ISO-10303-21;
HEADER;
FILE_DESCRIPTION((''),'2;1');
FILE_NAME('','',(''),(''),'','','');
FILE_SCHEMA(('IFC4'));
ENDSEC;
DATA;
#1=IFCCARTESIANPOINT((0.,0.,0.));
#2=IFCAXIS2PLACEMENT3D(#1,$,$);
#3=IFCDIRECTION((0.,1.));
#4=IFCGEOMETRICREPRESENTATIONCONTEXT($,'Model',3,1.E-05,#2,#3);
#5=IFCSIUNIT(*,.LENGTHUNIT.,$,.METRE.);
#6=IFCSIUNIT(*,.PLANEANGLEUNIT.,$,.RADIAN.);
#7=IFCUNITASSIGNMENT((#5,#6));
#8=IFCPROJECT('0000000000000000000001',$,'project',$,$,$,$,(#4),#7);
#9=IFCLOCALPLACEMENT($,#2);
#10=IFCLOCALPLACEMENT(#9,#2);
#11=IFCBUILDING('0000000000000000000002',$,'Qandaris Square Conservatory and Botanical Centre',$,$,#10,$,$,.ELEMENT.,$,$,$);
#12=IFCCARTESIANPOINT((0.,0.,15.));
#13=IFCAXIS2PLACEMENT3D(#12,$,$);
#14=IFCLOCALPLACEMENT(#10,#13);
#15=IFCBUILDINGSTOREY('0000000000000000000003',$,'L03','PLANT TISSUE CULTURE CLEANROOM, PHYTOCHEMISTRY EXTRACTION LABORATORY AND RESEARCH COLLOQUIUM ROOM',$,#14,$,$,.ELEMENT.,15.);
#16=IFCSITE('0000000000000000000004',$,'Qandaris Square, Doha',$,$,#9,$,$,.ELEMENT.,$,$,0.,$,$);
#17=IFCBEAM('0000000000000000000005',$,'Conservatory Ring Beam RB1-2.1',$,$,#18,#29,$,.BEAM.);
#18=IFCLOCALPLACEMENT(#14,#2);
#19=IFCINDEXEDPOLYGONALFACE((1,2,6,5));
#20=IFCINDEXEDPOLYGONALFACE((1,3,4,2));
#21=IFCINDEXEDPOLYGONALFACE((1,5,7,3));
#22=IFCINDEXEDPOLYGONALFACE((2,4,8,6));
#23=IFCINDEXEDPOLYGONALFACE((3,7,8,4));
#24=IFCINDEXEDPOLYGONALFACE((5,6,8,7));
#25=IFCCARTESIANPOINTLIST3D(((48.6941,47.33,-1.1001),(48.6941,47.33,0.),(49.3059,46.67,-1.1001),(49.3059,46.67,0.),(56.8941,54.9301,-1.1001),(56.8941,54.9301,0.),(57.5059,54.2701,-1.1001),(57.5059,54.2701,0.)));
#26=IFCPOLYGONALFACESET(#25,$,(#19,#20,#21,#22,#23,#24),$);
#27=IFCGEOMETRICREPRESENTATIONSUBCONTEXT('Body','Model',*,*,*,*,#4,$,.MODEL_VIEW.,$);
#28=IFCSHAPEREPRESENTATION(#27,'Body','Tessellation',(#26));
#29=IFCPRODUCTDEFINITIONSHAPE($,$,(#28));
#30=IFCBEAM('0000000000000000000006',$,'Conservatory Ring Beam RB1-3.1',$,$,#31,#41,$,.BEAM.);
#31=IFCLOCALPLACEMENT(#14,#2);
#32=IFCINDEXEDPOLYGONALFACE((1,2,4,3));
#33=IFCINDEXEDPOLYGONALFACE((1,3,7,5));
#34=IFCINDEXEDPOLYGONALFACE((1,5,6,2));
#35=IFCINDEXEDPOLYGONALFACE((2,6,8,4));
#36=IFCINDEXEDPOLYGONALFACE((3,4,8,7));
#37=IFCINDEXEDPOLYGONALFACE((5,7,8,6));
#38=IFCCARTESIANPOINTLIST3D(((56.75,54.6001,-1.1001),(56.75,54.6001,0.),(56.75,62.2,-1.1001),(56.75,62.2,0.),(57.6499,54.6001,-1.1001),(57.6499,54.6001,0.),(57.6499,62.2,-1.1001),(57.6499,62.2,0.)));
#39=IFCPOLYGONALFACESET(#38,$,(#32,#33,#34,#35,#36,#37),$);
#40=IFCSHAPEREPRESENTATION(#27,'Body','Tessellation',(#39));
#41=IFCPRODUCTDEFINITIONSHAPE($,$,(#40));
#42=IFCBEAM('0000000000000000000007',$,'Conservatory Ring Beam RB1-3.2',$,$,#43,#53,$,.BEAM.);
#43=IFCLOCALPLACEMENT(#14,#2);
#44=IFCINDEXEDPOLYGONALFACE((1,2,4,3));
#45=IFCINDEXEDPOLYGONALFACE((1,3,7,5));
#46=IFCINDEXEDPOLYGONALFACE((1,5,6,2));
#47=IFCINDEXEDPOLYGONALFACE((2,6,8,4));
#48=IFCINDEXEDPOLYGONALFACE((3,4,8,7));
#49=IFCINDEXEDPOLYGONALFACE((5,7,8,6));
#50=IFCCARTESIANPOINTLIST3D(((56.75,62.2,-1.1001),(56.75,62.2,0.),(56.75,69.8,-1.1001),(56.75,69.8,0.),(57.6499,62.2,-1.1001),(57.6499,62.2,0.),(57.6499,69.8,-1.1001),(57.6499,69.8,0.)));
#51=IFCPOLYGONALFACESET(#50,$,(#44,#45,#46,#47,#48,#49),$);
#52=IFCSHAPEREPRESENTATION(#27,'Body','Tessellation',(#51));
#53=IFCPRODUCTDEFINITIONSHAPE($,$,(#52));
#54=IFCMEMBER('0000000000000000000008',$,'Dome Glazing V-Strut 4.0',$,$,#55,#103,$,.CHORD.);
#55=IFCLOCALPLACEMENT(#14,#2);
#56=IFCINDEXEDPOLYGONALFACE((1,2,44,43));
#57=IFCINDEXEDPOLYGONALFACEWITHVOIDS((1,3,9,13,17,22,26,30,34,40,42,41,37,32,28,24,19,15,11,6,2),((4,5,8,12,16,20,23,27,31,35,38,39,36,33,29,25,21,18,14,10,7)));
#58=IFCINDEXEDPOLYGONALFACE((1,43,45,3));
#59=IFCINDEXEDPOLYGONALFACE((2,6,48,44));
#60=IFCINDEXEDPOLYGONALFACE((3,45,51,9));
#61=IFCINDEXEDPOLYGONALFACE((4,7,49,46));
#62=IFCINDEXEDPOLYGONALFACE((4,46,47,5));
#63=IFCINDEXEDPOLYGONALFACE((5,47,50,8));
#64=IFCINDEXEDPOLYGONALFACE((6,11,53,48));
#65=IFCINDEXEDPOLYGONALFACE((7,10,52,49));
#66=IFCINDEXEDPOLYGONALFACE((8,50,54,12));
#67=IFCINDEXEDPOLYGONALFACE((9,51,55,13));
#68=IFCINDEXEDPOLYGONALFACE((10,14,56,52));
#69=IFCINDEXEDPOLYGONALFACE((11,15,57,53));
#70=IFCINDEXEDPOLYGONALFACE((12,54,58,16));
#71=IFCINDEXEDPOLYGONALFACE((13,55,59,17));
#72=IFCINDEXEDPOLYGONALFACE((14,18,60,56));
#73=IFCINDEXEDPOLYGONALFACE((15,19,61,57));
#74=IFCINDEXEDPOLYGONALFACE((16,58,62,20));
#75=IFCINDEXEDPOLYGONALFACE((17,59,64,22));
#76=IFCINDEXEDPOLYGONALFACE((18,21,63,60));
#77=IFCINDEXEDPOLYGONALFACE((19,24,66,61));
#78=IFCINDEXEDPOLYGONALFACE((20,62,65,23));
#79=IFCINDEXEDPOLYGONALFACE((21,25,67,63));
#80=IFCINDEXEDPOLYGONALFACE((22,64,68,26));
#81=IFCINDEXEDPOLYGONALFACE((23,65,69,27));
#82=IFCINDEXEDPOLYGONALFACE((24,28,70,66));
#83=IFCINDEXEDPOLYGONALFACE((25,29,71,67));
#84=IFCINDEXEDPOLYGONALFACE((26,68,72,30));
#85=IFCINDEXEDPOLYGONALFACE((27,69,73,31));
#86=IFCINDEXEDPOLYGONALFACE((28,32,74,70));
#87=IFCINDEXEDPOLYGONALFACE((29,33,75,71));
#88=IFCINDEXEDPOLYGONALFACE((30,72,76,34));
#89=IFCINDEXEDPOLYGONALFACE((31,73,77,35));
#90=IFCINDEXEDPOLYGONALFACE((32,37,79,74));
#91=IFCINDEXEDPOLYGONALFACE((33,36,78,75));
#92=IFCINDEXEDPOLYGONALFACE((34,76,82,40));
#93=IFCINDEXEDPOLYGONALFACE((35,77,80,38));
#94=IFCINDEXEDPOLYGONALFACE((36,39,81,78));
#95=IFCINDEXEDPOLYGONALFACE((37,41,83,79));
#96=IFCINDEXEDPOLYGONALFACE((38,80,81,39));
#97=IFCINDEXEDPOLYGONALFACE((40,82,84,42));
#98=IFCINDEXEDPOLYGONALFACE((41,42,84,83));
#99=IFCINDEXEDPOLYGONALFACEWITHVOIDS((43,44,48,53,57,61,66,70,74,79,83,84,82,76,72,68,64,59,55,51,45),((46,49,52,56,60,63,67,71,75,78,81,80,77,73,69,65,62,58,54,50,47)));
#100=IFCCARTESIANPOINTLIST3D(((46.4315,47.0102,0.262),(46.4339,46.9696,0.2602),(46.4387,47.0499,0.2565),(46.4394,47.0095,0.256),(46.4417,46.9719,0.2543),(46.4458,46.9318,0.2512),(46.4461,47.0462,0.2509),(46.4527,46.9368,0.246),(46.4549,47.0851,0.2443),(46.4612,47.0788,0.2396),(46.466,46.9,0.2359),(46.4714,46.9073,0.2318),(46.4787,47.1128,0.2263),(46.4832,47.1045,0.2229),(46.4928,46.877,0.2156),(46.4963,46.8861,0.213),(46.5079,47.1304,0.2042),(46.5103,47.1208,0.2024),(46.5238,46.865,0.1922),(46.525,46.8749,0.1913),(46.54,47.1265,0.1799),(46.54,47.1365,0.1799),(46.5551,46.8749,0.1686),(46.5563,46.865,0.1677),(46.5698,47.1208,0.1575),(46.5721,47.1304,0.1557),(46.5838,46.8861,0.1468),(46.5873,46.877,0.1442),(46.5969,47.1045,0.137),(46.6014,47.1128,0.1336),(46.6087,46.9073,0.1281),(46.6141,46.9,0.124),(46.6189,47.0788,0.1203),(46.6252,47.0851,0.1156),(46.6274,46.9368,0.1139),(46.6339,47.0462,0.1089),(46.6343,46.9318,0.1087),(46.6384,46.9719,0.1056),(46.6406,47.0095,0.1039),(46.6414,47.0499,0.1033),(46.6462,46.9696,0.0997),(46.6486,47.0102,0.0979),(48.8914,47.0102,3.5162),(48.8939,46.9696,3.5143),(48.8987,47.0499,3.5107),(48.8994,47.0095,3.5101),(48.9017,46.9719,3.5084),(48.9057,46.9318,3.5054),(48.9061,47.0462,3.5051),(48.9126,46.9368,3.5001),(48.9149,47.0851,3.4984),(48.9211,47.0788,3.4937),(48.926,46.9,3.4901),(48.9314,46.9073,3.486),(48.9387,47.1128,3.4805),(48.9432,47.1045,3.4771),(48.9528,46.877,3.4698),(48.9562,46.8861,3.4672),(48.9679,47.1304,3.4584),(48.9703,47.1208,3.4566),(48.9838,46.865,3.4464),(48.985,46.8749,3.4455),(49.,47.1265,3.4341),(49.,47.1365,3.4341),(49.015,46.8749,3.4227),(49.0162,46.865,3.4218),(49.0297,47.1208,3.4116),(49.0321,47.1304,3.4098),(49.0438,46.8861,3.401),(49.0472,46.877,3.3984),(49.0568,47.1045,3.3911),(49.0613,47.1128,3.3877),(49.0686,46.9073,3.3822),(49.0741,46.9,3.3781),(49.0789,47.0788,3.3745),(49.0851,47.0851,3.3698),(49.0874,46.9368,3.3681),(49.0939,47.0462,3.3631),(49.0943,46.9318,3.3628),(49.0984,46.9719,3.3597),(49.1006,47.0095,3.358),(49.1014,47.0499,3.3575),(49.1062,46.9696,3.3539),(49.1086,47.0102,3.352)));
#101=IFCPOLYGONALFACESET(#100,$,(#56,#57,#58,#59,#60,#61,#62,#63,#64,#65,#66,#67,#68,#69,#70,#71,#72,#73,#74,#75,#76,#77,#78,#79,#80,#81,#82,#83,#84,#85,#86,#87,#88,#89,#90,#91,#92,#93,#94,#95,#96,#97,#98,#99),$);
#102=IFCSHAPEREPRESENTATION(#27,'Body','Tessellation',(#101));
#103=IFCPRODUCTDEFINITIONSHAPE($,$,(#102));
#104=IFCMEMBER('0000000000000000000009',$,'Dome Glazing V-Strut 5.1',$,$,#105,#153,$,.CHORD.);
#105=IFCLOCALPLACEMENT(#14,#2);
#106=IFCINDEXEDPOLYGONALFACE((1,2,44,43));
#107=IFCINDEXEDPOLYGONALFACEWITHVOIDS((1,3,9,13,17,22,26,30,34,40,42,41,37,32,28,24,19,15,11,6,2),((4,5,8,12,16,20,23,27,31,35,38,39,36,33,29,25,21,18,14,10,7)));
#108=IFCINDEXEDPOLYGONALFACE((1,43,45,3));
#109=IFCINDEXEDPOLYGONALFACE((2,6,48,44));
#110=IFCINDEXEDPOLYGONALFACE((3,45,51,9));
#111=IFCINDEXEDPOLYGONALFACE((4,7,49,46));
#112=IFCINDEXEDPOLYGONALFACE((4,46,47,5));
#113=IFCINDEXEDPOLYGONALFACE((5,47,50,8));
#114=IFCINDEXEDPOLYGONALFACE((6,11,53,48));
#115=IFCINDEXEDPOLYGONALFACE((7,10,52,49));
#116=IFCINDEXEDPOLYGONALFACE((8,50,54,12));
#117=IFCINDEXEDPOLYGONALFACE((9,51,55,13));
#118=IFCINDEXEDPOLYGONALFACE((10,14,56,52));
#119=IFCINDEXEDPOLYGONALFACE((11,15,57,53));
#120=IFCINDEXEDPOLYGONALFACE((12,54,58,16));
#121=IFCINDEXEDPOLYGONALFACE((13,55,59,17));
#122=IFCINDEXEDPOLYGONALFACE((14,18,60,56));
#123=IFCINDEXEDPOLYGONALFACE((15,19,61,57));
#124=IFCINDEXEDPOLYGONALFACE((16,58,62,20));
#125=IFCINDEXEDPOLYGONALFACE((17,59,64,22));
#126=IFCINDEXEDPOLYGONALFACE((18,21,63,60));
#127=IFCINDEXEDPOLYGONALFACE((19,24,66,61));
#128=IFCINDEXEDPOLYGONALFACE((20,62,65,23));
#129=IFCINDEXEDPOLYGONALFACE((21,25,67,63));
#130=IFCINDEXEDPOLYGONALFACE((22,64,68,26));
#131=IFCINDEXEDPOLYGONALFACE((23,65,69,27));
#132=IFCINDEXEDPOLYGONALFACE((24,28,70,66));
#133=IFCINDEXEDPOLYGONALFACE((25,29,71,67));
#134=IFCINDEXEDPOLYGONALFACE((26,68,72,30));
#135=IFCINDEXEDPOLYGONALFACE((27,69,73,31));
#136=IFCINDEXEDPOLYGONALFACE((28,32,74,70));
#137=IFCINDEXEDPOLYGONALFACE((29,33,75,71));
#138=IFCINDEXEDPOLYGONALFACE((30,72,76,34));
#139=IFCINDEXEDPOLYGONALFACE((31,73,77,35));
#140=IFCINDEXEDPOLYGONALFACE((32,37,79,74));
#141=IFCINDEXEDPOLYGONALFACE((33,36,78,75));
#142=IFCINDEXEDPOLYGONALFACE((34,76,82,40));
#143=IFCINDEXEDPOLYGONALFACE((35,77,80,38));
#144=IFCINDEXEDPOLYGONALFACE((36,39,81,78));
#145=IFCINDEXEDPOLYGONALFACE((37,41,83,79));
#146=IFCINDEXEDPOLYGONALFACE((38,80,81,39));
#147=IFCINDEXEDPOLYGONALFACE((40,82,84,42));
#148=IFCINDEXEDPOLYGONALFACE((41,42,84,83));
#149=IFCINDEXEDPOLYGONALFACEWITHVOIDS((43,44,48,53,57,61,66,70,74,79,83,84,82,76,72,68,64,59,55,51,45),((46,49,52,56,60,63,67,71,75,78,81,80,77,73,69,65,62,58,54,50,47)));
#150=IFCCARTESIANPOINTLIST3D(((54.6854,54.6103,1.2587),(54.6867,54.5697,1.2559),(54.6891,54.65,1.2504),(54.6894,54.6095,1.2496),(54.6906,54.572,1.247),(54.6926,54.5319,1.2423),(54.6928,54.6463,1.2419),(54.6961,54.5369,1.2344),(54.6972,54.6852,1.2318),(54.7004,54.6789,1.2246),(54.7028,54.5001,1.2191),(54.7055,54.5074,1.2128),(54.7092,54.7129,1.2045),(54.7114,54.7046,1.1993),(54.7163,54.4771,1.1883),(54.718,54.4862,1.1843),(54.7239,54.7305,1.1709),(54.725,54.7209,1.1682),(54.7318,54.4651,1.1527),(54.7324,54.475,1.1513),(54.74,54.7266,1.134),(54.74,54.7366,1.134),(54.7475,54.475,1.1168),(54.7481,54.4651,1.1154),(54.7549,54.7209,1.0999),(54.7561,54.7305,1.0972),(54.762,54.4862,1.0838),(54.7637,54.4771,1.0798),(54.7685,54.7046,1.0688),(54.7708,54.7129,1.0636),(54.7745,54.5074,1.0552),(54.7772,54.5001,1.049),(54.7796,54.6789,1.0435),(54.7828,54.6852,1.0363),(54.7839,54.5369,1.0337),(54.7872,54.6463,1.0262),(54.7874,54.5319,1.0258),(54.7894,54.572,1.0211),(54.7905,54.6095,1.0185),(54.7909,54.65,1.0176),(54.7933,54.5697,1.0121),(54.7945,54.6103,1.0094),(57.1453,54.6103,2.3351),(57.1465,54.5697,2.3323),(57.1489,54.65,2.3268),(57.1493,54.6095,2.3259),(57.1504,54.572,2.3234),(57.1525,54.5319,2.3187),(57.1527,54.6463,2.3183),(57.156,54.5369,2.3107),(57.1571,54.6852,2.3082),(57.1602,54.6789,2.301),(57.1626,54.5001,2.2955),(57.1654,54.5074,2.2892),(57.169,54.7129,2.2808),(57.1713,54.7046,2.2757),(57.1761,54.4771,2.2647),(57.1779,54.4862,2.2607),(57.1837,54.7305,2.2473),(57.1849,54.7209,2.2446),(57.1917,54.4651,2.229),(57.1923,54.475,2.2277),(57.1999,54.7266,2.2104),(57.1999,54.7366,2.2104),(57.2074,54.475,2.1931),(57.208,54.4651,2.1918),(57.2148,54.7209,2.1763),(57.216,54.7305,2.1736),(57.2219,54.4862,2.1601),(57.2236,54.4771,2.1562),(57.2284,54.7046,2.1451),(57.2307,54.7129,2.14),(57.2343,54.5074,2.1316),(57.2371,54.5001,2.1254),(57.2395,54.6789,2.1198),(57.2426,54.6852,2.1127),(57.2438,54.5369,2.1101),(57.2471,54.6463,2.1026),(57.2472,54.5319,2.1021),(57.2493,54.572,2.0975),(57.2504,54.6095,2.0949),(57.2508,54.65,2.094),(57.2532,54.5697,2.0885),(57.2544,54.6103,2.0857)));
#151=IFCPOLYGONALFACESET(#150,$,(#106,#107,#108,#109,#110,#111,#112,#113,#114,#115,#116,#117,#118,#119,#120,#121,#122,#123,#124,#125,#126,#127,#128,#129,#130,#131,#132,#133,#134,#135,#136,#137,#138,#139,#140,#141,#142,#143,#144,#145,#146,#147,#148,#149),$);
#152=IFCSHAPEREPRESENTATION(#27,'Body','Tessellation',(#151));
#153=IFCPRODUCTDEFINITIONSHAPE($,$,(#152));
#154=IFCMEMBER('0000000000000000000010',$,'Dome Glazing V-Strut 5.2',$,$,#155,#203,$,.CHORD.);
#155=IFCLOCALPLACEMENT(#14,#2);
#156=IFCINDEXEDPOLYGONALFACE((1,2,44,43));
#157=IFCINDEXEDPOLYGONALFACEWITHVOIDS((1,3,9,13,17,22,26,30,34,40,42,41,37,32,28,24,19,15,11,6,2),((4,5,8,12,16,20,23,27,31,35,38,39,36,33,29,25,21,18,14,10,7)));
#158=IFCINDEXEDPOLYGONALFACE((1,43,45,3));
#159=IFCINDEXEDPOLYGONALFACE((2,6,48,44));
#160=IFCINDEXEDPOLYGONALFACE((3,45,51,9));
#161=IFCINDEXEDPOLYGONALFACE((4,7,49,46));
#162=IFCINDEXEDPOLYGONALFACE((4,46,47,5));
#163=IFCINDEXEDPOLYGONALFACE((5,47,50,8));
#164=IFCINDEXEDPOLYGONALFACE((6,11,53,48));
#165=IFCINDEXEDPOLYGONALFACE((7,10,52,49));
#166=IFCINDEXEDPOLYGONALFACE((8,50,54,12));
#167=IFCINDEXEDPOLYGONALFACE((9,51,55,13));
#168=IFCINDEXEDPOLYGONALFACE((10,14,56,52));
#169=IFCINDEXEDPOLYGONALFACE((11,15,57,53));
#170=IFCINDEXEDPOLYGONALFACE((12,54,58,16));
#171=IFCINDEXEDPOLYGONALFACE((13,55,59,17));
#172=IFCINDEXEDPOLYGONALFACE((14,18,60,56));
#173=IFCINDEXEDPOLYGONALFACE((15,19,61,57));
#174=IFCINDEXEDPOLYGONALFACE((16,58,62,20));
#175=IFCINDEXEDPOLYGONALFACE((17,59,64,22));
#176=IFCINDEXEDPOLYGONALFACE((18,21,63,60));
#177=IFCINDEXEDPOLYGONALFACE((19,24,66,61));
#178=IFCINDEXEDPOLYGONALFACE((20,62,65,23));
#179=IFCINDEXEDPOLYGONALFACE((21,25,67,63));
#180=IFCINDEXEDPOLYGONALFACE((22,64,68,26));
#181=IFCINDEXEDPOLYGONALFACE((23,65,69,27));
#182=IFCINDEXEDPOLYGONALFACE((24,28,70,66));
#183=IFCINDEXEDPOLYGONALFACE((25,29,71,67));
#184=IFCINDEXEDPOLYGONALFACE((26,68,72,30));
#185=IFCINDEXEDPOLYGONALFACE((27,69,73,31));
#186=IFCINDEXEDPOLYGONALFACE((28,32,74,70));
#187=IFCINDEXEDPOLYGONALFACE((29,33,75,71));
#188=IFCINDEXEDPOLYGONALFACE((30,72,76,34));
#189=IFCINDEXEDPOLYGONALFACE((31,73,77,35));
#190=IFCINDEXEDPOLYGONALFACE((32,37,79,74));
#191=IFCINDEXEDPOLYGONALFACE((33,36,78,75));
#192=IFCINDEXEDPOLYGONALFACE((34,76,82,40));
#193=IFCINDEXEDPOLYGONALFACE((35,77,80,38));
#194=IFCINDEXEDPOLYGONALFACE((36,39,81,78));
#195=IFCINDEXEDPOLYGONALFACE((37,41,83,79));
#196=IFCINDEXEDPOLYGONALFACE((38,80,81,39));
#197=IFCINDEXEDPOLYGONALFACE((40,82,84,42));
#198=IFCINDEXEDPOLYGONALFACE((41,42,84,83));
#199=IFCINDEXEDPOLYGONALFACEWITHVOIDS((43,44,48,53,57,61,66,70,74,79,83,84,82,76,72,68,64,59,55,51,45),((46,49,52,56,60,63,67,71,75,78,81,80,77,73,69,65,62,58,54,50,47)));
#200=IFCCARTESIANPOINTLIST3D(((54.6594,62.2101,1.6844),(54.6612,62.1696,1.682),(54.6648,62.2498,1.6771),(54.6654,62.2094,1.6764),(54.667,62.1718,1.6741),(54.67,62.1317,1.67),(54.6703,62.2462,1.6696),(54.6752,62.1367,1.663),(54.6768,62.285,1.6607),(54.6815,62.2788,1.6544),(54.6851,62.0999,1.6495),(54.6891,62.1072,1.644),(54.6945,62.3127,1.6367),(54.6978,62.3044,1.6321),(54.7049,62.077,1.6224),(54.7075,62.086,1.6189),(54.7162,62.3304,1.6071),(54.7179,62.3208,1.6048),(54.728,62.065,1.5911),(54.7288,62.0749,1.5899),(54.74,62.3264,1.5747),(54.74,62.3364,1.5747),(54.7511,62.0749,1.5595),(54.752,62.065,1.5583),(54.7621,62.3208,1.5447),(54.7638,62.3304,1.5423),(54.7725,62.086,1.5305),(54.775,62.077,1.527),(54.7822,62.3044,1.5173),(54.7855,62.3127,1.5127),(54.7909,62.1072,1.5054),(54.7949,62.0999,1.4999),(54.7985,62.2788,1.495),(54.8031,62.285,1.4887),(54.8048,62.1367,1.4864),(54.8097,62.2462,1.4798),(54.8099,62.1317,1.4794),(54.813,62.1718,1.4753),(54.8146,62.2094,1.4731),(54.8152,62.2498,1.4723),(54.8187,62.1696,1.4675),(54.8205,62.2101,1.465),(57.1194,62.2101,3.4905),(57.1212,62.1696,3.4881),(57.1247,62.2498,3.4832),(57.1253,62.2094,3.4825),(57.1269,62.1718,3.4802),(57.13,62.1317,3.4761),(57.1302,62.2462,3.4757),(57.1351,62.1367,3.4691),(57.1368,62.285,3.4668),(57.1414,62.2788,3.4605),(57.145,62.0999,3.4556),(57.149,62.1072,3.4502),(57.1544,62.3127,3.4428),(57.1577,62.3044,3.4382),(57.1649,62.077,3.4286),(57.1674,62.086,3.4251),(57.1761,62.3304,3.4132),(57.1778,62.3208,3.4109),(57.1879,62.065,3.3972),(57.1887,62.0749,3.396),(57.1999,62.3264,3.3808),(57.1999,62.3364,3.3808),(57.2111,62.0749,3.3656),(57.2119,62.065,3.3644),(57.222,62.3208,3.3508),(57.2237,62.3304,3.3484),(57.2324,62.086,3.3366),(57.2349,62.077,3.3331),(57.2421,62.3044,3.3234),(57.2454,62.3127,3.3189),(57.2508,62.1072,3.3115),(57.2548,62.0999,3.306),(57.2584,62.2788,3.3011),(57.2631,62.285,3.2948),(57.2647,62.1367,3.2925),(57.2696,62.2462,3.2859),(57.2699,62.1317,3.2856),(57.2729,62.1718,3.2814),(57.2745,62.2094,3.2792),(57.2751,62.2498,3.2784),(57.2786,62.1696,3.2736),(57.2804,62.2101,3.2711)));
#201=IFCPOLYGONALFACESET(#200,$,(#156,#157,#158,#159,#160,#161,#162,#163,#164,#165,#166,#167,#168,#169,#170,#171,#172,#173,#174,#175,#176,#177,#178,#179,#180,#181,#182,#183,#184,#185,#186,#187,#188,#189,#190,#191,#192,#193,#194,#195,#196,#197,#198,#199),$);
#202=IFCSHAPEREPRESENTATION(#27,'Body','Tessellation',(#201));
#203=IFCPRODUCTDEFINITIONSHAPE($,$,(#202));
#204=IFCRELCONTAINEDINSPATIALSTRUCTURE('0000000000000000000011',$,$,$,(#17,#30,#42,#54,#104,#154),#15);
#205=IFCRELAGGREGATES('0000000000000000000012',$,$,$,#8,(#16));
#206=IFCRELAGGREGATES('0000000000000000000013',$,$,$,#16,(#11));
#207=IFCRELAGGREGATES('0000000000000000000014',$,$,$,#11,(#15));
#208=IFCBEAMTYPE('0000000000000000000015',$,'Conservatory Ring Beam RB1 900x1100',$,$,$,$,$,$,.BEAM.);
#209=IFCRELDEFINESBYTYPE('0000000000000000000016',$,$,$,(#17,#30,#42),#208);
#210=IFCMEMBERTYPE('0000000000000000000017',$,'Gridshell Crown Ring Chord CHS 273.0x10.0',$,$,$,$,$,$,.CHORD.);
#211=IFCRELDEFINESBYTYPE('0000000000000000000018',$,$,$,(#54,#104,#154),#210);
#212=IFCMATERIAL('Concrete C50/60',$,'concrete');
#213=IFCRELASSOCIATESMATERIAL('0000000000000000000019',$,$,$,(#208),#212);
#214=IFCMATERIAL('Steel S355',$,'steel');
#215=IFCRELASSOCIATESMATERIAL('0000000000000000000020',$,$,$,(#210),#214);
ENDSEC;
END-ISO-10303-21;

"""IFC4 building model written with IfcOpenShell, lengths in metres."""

from ifc_helpers import new_model, si_unit, direction, frame, origin, origin_2d, place, context, subcontext, project, spatial, rectangle, hollow_circle, extrude, material, material_profile, profile_set, type_object, element, save


model = new_model("IFC4")

# Units and contexts
model_context = context("Model", 3, precision=1e-05, world=origin(), true_north=direction((0.0, 1.0)))
body_context = subcontext(model_context, "Body", "Model", "MODEL_VIEW")
ifc_project = project(units=[si_unit("LENGTHUNIT", "METRE"), si_unit("PLANEANGLEUNIT", "RADIAN")], contexts=[model_context])

# Site, building, storey
site_placement = place(None, origin())
site = spatial("IfcSite", under=ifc_project, at=site_placement, Name="Qandaris Square, Doha", CompositionType="ELEMENT", RefElevation=0.0)
building_placement = place(site_placement, origin())
building = spatial("IfcBuilding", under=site, at=building_placement, Name="Qandaris Square Conservatory and Botanical Centre", CompositionType="ELEMENT")
storey_placement = place(building_placement, frame((0.0, 0.0, 15.0)))
storey = spatial("IfcBuildingStorey", under=building, at=storey_placement, Name="L03", Description="PLANT TISSUE CULTURE CLEANROOM, PHYTOCHEMISTRY EXTRACTION LABORATORY AND RESEARCH COLLOQUIUM ROOM", CompositionType="ELEMENT", Elevation=15.0)

# Beams
ifc_material_1 = material(Name="Concrete C50/60", Category="concrete")
ifc_material_profile_1 = material_profile(ifc_material_1, rectangle(XDim=0.8999, YDim=1.1001, at=origin_2d()), Name="RC-RB 900x1100")
ifc_profile_set_1 = profile_set([ifc_material_profile_1], Name="Concrete C50/60")
beam_type = type_object("IfcBeamType", Name="Conservatory Ring Beam RB1 900x1100", PredefinedType="BEAM", material=ifc_profile_set_1)
beam_1_placement = place(storey_placement, frame((49.0, 47.0, -0.55), z_axis=(0.733424, 0.679772, 0.0), x_axis=(-0.679772, 0.733424, 0.0)))
element("IfcBeam", 1, at=beam_1_placement, inside=storey, type_object=beam_type, Name="Conservatory Ring Beam RB1-2.1", PredefinedType="BEAM", context=body_context, shape_type="SweptSolid", body=[
    extrude(rectangle(XDim=0.8999, YDim=1.1001, at=origin_2d()), origin(), (0.0, 0.0, 1.0), 11.1804),
])
beam_2_placement = place(storey_placement, frame((57.2, 54.6001, -0.55), z_axis=(0.0, 1.0, 0.0), x_axis=(-1.0, 0.0, 0.0)))
element("IfcBeam", 2, at=beam_2_placement, inside=storey, type_object=beam_type, Name="Conservatory Ring Beam RB1-3.1", PredefinedType="BEAM", context=body_context, shape_type="SweptSolid", body=[
    extrude(rectangle(XDim=0.8999, YDim=1.1001, at=origin_2d()), origin(), (0.0, 0.0, 1.0), 7.5999),
])
beam_3_placement = place(storey_placement, frame((57.2, 62.2, -0.55), z_axis=(0.0, 1.0, 0.0), x_axis=(-1.0, 0.0, 0.0)))
element("IfcBeam", 3, at=beam_3_placement, inside=storey, type_object=beam_type, Name="Conservatory Ring Beam RB1-3.2", PredefinedType="BEAM", context=body_context, shape_type="SweptSolid", body=[
    extrude(rectangle(XDim=0.8999, YDim=1.1001, at=origin_2d()), origin(), (0.0, 0.0, 1.0), 7.6001),
])

# Members
ifc_material_2 = material(Name="Steel S355", Category="steel")
ifc_material_profile_2 = material_profile(ifc_material_2, hollow_circle(Radius=0.1365, WallThickness=0.01, at=origin_2d()), Name="CHS 273.0x10.0")
ifc_profile_set_2 = profile_set([ifc_material_profile_2], Name="Steel S355")
member_type_1 = type_object("IfcMemberType", Name="Gridshell Crown Ring Chord CHS 273.0x10.0", PredefinedType="CHORD", material=ifc_profile_set_2)
member_1_placement = place(storey_placement, frame((46.54, 47.0, 0.1799), z_axis=(0.603031, 0.0, 0.797718), x_axis=(0.0, 1.0, 0.0)))
element("IfcMember", 4, at=member_1_placement, inside=storey, type_object=member_type_1, Name="Dome Glazing V-Strut 4.0", PredefinedType="CHORD", context=body_context, shape_type="SweptSolid", body=[
    extrude(hollow_circle(Radius=0.1365, WallThickness=0.01, at=origin_2d()), origin(), (0.0, 0.0, 1.0), 4.0793),
])
member_2_placement = place(storey_placement, frame((54.74, 54.6001, 1.134), z_axis=(0.916132, 0.0, 0.400876), x_axis=(0.0, 1.0, 0.0)))
element("IfcMember", 5, at=member_2_placement, inside=storey, type_object=member_type_1, Name="Dome Glazing V-Strut 5.1", PredefinedType="CHORD", context=body_context, shape_type="SweptSolid", body=[
    extrude(hollow_circle(Radius=0.1365, WallThickness=0.01, at=origin_2d()), origin(), (0.0, 0.0, 1.0), 2.6851),
])
member_3_placement = place(storey_placement, frame((54.74, 62.2, 1.5747), z_axis=(0.806064, 0.0, 0.591828), x_axis=(0.0, 1.0, 0.0)))
element("IfcMember", 6, at=member_3_placement, inside=storey, type_object=member_type_1, Name="Dome Glazing V-Strut 5.2", PredefinedType="CHORD", context=body_context, shape_type="SweptSolid", body=[
    extrude(hollow_circle(Radius=0.1365, WallThickness=0.01, at=origin_2d()), origin(), (0.0, 0.0, 1.0), 3.0518),
])

save(model, "model.ifc")
